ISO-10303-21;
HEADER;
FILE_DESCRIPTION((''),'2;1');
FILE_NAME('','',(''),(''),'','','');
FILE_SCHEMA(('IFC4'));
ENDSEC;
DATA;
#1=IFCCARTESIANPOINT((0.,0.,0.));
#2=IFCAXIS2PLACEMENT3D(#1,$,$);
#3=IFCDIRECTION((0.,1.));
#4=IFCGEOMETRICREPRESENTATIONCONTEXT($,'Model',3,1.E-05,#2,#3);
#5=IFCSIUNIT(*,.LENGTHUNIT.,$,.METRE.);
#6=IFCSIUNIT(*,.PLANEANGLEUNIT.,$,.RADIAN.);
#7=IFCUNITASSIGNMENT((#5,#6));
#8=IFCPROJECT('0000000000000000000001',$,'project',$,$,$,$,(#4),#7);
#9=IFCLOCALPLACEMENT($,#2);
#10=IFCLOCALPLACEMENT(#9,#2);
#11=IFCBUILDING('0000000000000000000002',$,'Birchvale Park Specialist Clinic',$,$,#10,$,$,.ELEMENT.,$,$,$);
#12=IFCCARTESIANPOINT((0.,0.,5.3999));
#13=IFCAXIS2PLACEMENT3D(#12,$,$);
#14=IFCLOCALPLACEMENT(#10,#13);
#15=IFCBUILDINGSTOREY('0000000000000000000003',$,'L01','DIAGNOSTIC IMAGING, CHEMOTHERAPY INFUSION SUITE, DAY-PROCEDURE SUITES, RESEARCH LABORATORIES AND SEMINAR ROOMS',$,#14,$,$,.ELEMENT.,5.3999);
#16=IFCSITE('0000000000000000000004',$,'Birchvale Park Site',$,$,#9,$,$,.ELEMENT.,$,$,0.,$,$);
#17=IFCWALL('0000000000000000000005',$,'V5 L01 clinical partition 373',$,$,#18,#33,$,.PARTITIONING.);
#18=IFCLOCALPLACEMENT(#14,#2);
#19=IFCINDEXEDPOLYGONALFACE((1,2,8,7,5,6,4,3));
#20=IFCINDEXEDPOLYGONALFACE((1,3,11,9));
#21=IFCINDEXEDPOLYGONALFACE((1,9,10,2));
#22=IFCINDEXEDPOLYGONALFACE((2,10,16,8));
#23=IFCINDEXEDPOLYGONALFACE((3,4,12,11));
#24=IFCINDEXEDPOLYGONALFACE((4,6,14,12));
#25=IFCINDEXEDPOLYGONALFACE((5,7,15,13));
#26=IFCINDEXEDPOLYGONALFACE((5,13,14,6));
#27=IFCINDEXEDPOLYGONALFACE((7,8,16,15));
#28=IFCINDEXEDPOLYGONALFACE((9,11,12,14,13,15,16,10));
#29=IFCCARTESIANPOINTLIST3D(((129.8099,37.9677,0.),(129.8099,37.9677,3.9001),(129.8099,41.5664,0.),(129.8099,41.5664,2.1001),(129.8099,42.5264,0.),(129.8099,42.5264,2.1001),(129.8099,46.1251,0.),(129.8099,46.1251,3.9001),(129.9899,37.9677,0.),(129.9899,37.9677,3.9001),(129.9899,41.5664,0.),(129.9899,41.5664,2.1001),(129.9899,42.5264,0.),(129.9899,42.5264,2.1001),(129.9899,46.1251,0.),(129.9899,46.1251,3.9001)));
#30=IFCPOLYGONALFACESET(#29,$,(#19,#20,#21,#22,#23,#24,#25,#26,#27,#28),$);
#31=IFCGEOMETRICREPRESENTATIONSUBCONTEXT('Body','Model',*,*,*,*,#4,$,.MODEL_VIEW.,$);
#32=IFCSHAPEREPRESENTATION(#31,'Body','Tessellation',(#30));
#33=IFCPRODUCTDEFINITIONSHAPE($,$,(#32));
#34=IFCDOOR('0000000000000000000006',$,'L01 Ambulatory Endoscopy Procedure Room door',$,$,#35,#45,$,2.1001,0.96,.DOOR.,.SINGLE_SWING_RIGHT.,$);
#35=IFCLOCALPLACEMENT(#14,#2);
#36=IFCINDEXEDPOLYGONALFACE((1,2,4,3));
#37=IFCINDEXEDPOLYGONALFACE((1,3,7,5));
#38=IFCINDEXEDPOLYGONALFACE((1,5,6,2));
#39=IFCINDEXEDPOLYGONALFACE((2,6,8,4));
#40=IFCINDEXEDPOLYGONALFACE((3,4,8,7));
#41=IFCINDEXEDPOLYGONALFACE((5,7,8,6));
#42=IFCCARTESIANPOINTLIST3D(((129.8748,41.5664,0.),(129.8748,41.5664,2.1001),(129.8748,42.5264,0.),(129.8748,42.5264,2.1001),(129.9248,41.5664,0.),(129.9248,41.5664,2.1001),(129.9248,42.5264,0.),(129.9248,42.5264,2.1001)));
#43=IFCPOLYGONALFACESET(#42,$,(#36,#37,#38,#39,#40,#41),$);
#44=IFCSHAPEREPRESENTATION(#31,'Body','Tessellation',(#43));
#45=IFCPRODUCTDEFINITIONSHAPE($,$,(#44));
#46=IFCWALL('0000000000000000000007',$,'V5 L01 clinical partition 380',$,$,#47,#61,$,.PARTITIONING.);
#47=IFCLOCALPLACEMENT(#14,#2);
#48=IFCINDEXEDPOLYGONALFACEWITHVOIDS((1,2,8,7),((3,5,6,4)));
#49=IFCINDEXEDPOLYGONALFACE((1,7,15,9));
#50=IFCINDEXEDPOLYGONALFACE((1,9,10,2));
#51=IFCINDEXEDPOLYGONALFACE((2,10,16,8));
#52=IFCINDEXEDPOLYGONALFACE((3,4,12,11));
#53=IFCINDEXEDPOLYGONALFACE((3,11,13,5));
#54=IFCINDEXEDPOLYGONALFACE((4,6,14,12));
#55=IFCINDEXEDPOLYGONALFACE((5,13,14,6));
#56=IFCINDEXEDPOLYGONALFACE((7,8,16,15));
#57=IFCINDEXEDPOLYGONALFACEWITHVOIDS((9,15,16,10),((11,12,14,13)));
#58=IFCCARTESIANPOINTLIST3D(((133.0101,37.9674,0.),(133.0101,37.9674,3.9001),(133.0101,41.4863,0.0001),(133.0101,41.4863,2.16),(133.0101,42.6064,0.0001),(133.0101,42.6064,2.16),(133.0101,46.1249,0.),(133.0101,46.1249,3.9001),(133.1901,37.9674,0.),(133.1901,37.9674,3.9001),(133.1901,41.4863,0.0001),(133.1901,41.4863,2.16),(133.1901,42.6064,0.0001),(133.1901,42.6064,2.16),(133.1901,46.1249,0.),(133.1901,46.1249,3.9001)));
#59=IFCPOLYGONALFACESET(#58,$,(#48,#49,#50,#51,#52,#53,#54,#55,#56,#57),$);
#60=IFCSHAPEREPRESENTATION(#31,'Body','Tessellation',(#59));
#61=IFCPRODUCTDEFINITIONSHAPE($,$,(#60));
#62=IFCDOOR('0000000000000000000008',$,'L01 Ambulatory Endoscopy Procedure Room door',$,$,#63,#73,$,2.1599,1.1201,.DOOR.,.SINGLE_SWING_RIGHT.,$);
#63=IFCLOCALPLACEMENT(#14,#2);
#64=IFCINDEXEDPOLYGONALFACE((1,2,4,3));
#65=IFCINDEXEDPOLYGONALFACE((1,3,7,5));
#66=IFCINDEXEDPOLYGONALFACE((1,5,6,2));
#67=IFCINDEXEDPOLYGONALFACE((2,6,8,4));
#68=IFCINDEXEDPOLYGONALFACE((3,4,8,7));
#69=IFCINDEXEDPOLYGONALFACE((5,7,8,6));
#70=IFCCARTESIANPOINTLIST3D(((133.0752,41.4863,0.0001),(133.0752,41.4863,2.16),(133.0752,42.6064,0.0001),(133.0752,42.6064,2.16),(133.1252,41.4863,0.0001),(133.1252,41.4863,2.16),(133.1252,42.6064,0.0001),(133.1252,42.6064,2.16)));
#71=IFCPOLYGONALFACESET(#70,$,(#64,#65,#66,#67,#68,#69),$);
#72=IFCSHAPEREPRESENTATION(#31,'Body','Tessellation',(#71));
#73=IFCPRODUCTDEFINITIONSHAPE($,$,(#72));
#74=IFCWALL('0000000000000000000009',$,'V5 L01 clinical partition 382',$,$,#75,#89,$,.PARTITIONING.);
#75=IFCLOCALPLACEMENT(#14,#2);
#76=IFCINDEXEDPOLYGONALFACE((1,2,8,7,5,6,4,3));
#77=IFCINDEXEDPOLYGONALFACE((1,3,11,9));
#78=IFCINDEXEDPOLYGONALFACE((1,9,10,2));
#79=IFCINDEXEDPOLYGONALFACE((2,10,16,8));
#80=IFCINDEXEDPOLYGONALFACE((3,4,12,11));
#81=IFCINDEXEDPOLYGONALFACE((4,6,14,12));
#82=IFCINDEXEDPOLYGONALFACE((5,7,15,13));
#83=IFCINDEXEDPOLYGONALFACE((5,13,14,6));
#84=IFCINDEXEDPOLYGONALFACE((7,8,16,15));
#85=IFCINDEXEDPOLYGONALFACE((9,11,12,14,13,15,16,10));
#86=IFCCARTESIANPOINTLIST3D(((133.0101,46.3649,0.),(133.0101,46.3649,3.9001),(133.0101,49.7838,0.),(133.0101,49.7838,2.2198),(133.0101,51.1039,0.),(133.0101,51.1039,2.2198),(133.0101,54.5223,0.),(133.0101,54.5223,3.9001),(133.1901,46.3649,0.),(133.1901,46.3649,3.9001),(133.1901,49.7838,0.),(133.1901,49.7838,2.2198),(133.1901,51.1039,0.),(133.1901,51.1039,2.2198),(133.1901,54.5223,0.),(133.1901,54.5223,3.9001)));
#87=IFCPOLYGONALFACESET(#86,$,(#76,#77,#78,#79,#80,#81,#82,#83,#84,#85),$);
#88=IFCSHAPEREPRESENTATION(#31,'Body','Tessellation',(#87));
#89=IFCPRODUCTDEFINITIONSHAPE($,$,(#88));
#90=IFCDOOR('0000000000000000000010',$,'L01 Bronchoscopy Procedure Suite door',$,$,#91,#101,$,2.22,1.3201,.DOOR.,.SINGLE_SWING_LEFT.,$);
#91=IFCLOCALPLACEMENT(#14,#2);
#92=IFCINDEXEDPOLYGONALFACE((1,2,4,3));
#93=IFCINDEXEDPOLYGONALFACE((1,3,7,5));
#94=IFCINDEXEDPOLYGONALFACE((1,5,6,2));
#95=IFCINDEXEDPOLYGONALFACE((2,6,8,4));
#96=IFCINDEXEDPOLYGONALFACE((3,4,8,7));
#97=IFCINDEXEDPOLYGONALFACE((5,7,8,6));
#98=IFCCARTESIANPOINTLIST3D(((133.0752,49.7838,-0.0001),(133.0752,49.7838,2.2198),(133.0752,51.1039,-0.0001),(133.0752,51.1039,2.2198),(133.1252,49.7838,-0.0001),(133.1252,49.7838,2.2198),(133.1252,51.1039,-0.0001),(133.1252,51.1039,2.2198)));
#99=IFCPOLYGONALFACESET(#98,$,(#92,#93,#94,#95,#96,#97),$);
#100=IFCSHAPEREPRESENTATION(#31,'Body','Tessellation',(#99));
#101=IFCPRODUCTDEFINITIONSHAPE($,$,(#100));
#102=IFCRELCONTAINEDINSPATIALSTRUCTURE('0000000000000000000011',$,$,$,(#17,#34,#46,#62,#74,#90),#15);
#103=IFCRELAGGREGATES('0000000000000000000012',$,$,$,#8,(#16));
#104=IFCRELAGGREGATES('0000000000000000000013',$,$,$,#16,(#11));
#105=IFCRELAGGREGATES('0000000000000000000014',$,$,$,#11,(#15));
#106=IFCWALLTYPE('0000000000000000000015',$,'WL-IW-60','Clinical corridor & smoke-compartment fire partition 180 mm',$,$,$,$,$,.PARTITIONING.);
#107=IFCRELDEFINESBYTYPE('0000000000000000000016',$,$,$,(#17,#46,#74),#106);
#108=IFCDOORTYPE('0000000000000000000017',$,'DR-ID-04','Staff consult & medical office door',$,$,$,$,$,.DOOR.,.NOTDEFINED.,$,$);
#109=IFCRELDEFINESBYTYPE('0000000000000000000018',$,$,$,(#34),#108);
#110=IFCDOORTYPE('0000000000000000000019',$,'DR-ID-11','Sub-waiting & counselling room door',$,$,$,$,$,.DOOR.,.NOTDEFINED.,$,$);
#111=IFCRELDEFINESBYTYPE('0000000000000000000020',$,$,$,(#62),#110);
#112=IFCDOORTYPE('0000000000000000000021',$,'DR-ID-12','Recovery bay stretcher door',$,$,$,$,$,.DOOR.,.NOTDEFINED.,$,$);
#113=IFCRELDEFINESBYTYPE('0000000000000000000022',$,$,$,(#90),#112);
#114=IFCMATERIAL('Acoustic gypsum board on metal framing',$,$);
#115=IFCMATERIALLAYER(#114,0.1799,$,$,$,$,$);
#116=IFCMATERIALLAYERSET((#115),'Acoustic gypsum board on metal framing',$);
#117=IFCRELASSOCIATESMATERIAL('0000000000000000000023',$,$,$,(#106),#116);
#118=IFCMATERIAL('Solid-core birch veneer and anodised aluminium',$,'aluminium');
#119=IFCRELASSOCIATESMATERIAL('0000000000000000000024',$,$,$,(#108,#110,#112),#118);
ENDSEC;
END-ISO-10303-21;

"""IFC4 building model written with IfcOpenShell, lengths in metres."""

from ifc_helpers import new_model, si_unit, direction, frame, frame_2d, origin, place, context, subcontext, project, spatial, rectangle, extrude, material, layer, layer_set, type_object, element, fill, save


model = new_model("IFC4")

# Units and contexts
model_context = context("Model", 3, precision=1e-05, world=origin(), true_north=direction((0.0, 1.0)))
body_context = subcontext(model_context, "Body", "Model", "MODEL_VIEW")
ifc_project = project(units=[si_unit("LENGTHUNIT", "METRE"), si_unit("PLANEANGLEUNIT", "RADIAN")], contexts=[model_context])

# Site, building, storey
site_placement = place(None, origin())
site = spatial("IfcSite", under=ifc_project, at=site_placement, Name="Birchvale Park Site", CompositionType="ELEMENT", RefElevation=0.0)
building_placement = place(site_placement, origin())
building = spatial("IfcBuilding", under=site, at=building_placement, Name="Birchvale Park Specialist Clinic", CompositionType="ELEMENT")
storey_placement = place(building_placement, frame((0.0, 0.0, 5.3999)))
storey = spatial("IfcBuildingStorey", under=building, at=storey_placement, Name="L01", Description="DIAGNOSTIC IMAGING, CHEMOTHERAPY INFUSION SUITE, DAY-PROCEDURE SUITES, RESEARCH LABORATORIES AND SEMINAR ROOMS", CompositionType="ELEMENT", Elevation=5.3999)

# Shared definitions
ifc_material_1 = material(Name="Acoustic gypsum board on metal framing")
ifc_layer_1 = layer(ifc_material_1, 0.1799)
ifc_layer_set_1 = layer_set([ifc_layer_1], Name="Acoustic gypsum board on metal framing")
wall_type_1 = type_object("IfcWallType", Name="WL-IW-60", Description="Clinical corridor & smoke-compartment fire partition 180 mm", PredefinedType="PARTITIONING", material=ifc_layer_set_1)

# Walls, openings, doors
wall_1_placement = place(storey_placement, frame((129.8999, 46.125, 0.0), z_axis=(0.0, 0.0, 1.0), x_axis=(0.0, -1.0, 0.0)))
wall_1 = element("IfcWall", 1, at=wall_1_placement, inside=storey, type_object=wall_type_1, Name="V5 L01 clinical partition 373", PredefinedType="PARTITIONING", context=body_context, shape_type="SweptSolid", body=[
    extrude(rectangle(XDim=8.1575, YDim=0.1799, at=frame_2d((4.0786, 0.0))), origin(), (0.0, 0.0, 1.0), 3.9001),
])
opening_1_placement = place(wall_1_placement, frame((3.5986, 0.0, 0.0)))
opening_1 = element("IfcOpeningElement", 2, at=opening_1_placement, cuts=wall_1, PredefinedType="OPENING", context=body_context, shape_type="SweptSolid", body=[
    extrude(rectangle(XDim=0.96, YDim=2.1001, at=frame_2d((0.48, 1.05))), frame((0.0, 0.1001, 0.0), z_axis=(0.0, -1.0, 0.0), x_axis=(1.0, 0.0, 0.0)), (0.0, 0.0, 1.0), 0.2),
])
ifc_material_2 = material(Name="Solid-core birch veneer and anodised aluminium", Category="aluminium")
door_type_1 = type_object("IfcDoorType", Name="DR-ID-04", Description="Staff consult & medical office door", OperationType="NOTDEFINED", PredefinedType="DOOR", material=ifc_material_2)
door_1_placement = place(opening_1_placement, origin())
door_1 = element("IfcDoor", 3, at=door_1_placement, inside=storey, type_object=door_type_1, Name="L01 Ambulatory Endoscopy Procedure Room door", OperationType="SINGLE_SWING_RIGHT", OverallHeight=2.1001, OverallWidth=0.96, PredefinedType="DOOR", context=body_context, shape_type="SweptSolid", body=[
    extrude(rectangle(XDim=0.96, YDim=2.1001, at=frame_2d((0.48, 1.05))), frame((0.0, 0.0249, 0.0), z_axis=(0.0, -1.0, 0.0), x_axis=(1.0, 0.0, 0.0)), (0.0, 0.0, 1.0), 0.05),
])
fill(opening_1, door_1)
wall_2_placement = place(storey_placement, frame((133.1001, 37.9675, 0.0), z_axis=(0.0, 0.0, 1.0), x_axis=(0.0, 1.0, 0.0)))
wall_2 = element("IfcWall", 4, at=wall_2_placement, inside=storey, type_object=wall_type_1, Name="V5 L01 clinical partition 380", PredefinedType="PARTITIONING", context=body_context, shape_type="SweptSolid", body=[
    extrude(rectangle(XDim=8.1575, YDim=0.1799, at=frame_2d((4.0786, 0.0))), origin(), (0.0, 0.0, 1.0), 3.9001),
])
opening_2_placement = place(wall_2_placement, frame((3.5188, 0.0, 0.0)))
opening_2 = element("IfcOpeningElement", 5, at=opening_2_placement, cuts=wall_2, PredefinedType="OPENING", context=body_context, shape_type="SweptSolid", body=[
    extrude(rectangle(XDim=1.1201, YDim=2.1599, at=frame_2d((0.5601, 1.0801))), frame((0.0, 0.1001, 0.0), z_axis=(0.0, -1.0, 0.0), x_axis=(1.0, 0.0, 0.0)), (0.0, 0.0, 1.0), 0.2),
])
door_type_2 = type_object("IfcDoorType", Name="DR-ID-11", Description="Sub-waiting & counselling room door", OperationType="NOTDEFINED", PredefinedType="DOOR", material=ifc_material_2)
door_2_placement = place(opening_2_placement, origin())
door_2 = element("IfcDoor", 6, at=door_2_placement, inside=storey, type_object=door_type_2, Name="L01 Ambulatory Endoscopy Procedure Room door", OperationType="SINGLE_SWING_RIGHT", OverallHeight=2.1599, OverallWidth=1.1201, PredefinedType="DOOR", context=body_context, shape_type="SweptSolid", body=[
    extrude(rectangle(XDim=1.1201, YDim=2.1599, at=frame_2d((0.5601, 1.0801))), frame((0.0, 0.0249, 0.0), z_axis=(0.0, -1.0, 0.0), x_axis=(1.0, 0.0, 0.0)), (0.0, 0.0, 1.0), 0.05),
])
fill(opening_2, door_2)
wall_3_placement = place(storey_placement, frame((133.1001, 46.365, 0.0), z_axis=(0.0, 0.0, 1.0), x_axis=(0.0, 1.0, 0.0)))
wall_3 = element("IfcWall", 7, at=wall_3_placement, inside=storey, type_object=wall_type_1, Name="V5 L01 clinical partition 382", PredefinedType="PARTITIONING", context=body_context, shape_type="SweptSolid", body=[
    extrude(rectangle(XDim=8.1575, YDim=0.1799, at=frame_2d((4.0786, 0.0))), origin(), (0.0, 0.0, 1.0), 3.9001),
])
opening_3_placement = place(wall_3_placement, frame((3.4187, 0.0, 0.0)))
opening_3 = element("IfcOpeningElement", 8, at=opening_3_placement, cuts=wall_3, PredefinedType="OPENING", context=body_context, shape_type="SweptSolid", body=[
    extrude(rectangle(XDim=1.3201, YDim=2.22, at=frame_2d((0.6602, 1.1099))), frame((0.0, 0.1001, 0.0), z_axis=(0.0, -1.0, 0.0), x_axis=(1.0, 0.0, 0.0)), (0.0, 0.0, 1.0), 0.2),
])
door_type_3 = type_object("IfcDoorType", Name="DR-ID-12", Description="Recovery bay stretcher door", OperationType="NOTDEFINED", PredefinedType="DOOR", material=ifc_material_2)
door_3_placement = place(opening_3_placement, origin())
door_3 = element("IfcDoor", 9, at=door_3_placement, inside=storey, type_object=door_type_3, Name="L01 Bronchoscopy Procedure Suite door", OperationType="SINGLE_SWING_LEFT", OverallHeight=2.22, OverallWidth=1.3201, PredefinedType="DOOR", context=body_context, shape_type="SweptSolid", body=[
    extrude(rectangle(XDim=1.3201, YDim=2.22, at=frame_2d((0.6602, 1.1099))), frame((0.0, 0.0249, 0.0), z_axis=(0.0, -1.0, 0.0), x_axis=(1.0, 0.0, 0.0)), (0.0, 0.0, 1.0), 0.05),
])
fill(opening_3, door_3)

save(model, "model.ifc")
